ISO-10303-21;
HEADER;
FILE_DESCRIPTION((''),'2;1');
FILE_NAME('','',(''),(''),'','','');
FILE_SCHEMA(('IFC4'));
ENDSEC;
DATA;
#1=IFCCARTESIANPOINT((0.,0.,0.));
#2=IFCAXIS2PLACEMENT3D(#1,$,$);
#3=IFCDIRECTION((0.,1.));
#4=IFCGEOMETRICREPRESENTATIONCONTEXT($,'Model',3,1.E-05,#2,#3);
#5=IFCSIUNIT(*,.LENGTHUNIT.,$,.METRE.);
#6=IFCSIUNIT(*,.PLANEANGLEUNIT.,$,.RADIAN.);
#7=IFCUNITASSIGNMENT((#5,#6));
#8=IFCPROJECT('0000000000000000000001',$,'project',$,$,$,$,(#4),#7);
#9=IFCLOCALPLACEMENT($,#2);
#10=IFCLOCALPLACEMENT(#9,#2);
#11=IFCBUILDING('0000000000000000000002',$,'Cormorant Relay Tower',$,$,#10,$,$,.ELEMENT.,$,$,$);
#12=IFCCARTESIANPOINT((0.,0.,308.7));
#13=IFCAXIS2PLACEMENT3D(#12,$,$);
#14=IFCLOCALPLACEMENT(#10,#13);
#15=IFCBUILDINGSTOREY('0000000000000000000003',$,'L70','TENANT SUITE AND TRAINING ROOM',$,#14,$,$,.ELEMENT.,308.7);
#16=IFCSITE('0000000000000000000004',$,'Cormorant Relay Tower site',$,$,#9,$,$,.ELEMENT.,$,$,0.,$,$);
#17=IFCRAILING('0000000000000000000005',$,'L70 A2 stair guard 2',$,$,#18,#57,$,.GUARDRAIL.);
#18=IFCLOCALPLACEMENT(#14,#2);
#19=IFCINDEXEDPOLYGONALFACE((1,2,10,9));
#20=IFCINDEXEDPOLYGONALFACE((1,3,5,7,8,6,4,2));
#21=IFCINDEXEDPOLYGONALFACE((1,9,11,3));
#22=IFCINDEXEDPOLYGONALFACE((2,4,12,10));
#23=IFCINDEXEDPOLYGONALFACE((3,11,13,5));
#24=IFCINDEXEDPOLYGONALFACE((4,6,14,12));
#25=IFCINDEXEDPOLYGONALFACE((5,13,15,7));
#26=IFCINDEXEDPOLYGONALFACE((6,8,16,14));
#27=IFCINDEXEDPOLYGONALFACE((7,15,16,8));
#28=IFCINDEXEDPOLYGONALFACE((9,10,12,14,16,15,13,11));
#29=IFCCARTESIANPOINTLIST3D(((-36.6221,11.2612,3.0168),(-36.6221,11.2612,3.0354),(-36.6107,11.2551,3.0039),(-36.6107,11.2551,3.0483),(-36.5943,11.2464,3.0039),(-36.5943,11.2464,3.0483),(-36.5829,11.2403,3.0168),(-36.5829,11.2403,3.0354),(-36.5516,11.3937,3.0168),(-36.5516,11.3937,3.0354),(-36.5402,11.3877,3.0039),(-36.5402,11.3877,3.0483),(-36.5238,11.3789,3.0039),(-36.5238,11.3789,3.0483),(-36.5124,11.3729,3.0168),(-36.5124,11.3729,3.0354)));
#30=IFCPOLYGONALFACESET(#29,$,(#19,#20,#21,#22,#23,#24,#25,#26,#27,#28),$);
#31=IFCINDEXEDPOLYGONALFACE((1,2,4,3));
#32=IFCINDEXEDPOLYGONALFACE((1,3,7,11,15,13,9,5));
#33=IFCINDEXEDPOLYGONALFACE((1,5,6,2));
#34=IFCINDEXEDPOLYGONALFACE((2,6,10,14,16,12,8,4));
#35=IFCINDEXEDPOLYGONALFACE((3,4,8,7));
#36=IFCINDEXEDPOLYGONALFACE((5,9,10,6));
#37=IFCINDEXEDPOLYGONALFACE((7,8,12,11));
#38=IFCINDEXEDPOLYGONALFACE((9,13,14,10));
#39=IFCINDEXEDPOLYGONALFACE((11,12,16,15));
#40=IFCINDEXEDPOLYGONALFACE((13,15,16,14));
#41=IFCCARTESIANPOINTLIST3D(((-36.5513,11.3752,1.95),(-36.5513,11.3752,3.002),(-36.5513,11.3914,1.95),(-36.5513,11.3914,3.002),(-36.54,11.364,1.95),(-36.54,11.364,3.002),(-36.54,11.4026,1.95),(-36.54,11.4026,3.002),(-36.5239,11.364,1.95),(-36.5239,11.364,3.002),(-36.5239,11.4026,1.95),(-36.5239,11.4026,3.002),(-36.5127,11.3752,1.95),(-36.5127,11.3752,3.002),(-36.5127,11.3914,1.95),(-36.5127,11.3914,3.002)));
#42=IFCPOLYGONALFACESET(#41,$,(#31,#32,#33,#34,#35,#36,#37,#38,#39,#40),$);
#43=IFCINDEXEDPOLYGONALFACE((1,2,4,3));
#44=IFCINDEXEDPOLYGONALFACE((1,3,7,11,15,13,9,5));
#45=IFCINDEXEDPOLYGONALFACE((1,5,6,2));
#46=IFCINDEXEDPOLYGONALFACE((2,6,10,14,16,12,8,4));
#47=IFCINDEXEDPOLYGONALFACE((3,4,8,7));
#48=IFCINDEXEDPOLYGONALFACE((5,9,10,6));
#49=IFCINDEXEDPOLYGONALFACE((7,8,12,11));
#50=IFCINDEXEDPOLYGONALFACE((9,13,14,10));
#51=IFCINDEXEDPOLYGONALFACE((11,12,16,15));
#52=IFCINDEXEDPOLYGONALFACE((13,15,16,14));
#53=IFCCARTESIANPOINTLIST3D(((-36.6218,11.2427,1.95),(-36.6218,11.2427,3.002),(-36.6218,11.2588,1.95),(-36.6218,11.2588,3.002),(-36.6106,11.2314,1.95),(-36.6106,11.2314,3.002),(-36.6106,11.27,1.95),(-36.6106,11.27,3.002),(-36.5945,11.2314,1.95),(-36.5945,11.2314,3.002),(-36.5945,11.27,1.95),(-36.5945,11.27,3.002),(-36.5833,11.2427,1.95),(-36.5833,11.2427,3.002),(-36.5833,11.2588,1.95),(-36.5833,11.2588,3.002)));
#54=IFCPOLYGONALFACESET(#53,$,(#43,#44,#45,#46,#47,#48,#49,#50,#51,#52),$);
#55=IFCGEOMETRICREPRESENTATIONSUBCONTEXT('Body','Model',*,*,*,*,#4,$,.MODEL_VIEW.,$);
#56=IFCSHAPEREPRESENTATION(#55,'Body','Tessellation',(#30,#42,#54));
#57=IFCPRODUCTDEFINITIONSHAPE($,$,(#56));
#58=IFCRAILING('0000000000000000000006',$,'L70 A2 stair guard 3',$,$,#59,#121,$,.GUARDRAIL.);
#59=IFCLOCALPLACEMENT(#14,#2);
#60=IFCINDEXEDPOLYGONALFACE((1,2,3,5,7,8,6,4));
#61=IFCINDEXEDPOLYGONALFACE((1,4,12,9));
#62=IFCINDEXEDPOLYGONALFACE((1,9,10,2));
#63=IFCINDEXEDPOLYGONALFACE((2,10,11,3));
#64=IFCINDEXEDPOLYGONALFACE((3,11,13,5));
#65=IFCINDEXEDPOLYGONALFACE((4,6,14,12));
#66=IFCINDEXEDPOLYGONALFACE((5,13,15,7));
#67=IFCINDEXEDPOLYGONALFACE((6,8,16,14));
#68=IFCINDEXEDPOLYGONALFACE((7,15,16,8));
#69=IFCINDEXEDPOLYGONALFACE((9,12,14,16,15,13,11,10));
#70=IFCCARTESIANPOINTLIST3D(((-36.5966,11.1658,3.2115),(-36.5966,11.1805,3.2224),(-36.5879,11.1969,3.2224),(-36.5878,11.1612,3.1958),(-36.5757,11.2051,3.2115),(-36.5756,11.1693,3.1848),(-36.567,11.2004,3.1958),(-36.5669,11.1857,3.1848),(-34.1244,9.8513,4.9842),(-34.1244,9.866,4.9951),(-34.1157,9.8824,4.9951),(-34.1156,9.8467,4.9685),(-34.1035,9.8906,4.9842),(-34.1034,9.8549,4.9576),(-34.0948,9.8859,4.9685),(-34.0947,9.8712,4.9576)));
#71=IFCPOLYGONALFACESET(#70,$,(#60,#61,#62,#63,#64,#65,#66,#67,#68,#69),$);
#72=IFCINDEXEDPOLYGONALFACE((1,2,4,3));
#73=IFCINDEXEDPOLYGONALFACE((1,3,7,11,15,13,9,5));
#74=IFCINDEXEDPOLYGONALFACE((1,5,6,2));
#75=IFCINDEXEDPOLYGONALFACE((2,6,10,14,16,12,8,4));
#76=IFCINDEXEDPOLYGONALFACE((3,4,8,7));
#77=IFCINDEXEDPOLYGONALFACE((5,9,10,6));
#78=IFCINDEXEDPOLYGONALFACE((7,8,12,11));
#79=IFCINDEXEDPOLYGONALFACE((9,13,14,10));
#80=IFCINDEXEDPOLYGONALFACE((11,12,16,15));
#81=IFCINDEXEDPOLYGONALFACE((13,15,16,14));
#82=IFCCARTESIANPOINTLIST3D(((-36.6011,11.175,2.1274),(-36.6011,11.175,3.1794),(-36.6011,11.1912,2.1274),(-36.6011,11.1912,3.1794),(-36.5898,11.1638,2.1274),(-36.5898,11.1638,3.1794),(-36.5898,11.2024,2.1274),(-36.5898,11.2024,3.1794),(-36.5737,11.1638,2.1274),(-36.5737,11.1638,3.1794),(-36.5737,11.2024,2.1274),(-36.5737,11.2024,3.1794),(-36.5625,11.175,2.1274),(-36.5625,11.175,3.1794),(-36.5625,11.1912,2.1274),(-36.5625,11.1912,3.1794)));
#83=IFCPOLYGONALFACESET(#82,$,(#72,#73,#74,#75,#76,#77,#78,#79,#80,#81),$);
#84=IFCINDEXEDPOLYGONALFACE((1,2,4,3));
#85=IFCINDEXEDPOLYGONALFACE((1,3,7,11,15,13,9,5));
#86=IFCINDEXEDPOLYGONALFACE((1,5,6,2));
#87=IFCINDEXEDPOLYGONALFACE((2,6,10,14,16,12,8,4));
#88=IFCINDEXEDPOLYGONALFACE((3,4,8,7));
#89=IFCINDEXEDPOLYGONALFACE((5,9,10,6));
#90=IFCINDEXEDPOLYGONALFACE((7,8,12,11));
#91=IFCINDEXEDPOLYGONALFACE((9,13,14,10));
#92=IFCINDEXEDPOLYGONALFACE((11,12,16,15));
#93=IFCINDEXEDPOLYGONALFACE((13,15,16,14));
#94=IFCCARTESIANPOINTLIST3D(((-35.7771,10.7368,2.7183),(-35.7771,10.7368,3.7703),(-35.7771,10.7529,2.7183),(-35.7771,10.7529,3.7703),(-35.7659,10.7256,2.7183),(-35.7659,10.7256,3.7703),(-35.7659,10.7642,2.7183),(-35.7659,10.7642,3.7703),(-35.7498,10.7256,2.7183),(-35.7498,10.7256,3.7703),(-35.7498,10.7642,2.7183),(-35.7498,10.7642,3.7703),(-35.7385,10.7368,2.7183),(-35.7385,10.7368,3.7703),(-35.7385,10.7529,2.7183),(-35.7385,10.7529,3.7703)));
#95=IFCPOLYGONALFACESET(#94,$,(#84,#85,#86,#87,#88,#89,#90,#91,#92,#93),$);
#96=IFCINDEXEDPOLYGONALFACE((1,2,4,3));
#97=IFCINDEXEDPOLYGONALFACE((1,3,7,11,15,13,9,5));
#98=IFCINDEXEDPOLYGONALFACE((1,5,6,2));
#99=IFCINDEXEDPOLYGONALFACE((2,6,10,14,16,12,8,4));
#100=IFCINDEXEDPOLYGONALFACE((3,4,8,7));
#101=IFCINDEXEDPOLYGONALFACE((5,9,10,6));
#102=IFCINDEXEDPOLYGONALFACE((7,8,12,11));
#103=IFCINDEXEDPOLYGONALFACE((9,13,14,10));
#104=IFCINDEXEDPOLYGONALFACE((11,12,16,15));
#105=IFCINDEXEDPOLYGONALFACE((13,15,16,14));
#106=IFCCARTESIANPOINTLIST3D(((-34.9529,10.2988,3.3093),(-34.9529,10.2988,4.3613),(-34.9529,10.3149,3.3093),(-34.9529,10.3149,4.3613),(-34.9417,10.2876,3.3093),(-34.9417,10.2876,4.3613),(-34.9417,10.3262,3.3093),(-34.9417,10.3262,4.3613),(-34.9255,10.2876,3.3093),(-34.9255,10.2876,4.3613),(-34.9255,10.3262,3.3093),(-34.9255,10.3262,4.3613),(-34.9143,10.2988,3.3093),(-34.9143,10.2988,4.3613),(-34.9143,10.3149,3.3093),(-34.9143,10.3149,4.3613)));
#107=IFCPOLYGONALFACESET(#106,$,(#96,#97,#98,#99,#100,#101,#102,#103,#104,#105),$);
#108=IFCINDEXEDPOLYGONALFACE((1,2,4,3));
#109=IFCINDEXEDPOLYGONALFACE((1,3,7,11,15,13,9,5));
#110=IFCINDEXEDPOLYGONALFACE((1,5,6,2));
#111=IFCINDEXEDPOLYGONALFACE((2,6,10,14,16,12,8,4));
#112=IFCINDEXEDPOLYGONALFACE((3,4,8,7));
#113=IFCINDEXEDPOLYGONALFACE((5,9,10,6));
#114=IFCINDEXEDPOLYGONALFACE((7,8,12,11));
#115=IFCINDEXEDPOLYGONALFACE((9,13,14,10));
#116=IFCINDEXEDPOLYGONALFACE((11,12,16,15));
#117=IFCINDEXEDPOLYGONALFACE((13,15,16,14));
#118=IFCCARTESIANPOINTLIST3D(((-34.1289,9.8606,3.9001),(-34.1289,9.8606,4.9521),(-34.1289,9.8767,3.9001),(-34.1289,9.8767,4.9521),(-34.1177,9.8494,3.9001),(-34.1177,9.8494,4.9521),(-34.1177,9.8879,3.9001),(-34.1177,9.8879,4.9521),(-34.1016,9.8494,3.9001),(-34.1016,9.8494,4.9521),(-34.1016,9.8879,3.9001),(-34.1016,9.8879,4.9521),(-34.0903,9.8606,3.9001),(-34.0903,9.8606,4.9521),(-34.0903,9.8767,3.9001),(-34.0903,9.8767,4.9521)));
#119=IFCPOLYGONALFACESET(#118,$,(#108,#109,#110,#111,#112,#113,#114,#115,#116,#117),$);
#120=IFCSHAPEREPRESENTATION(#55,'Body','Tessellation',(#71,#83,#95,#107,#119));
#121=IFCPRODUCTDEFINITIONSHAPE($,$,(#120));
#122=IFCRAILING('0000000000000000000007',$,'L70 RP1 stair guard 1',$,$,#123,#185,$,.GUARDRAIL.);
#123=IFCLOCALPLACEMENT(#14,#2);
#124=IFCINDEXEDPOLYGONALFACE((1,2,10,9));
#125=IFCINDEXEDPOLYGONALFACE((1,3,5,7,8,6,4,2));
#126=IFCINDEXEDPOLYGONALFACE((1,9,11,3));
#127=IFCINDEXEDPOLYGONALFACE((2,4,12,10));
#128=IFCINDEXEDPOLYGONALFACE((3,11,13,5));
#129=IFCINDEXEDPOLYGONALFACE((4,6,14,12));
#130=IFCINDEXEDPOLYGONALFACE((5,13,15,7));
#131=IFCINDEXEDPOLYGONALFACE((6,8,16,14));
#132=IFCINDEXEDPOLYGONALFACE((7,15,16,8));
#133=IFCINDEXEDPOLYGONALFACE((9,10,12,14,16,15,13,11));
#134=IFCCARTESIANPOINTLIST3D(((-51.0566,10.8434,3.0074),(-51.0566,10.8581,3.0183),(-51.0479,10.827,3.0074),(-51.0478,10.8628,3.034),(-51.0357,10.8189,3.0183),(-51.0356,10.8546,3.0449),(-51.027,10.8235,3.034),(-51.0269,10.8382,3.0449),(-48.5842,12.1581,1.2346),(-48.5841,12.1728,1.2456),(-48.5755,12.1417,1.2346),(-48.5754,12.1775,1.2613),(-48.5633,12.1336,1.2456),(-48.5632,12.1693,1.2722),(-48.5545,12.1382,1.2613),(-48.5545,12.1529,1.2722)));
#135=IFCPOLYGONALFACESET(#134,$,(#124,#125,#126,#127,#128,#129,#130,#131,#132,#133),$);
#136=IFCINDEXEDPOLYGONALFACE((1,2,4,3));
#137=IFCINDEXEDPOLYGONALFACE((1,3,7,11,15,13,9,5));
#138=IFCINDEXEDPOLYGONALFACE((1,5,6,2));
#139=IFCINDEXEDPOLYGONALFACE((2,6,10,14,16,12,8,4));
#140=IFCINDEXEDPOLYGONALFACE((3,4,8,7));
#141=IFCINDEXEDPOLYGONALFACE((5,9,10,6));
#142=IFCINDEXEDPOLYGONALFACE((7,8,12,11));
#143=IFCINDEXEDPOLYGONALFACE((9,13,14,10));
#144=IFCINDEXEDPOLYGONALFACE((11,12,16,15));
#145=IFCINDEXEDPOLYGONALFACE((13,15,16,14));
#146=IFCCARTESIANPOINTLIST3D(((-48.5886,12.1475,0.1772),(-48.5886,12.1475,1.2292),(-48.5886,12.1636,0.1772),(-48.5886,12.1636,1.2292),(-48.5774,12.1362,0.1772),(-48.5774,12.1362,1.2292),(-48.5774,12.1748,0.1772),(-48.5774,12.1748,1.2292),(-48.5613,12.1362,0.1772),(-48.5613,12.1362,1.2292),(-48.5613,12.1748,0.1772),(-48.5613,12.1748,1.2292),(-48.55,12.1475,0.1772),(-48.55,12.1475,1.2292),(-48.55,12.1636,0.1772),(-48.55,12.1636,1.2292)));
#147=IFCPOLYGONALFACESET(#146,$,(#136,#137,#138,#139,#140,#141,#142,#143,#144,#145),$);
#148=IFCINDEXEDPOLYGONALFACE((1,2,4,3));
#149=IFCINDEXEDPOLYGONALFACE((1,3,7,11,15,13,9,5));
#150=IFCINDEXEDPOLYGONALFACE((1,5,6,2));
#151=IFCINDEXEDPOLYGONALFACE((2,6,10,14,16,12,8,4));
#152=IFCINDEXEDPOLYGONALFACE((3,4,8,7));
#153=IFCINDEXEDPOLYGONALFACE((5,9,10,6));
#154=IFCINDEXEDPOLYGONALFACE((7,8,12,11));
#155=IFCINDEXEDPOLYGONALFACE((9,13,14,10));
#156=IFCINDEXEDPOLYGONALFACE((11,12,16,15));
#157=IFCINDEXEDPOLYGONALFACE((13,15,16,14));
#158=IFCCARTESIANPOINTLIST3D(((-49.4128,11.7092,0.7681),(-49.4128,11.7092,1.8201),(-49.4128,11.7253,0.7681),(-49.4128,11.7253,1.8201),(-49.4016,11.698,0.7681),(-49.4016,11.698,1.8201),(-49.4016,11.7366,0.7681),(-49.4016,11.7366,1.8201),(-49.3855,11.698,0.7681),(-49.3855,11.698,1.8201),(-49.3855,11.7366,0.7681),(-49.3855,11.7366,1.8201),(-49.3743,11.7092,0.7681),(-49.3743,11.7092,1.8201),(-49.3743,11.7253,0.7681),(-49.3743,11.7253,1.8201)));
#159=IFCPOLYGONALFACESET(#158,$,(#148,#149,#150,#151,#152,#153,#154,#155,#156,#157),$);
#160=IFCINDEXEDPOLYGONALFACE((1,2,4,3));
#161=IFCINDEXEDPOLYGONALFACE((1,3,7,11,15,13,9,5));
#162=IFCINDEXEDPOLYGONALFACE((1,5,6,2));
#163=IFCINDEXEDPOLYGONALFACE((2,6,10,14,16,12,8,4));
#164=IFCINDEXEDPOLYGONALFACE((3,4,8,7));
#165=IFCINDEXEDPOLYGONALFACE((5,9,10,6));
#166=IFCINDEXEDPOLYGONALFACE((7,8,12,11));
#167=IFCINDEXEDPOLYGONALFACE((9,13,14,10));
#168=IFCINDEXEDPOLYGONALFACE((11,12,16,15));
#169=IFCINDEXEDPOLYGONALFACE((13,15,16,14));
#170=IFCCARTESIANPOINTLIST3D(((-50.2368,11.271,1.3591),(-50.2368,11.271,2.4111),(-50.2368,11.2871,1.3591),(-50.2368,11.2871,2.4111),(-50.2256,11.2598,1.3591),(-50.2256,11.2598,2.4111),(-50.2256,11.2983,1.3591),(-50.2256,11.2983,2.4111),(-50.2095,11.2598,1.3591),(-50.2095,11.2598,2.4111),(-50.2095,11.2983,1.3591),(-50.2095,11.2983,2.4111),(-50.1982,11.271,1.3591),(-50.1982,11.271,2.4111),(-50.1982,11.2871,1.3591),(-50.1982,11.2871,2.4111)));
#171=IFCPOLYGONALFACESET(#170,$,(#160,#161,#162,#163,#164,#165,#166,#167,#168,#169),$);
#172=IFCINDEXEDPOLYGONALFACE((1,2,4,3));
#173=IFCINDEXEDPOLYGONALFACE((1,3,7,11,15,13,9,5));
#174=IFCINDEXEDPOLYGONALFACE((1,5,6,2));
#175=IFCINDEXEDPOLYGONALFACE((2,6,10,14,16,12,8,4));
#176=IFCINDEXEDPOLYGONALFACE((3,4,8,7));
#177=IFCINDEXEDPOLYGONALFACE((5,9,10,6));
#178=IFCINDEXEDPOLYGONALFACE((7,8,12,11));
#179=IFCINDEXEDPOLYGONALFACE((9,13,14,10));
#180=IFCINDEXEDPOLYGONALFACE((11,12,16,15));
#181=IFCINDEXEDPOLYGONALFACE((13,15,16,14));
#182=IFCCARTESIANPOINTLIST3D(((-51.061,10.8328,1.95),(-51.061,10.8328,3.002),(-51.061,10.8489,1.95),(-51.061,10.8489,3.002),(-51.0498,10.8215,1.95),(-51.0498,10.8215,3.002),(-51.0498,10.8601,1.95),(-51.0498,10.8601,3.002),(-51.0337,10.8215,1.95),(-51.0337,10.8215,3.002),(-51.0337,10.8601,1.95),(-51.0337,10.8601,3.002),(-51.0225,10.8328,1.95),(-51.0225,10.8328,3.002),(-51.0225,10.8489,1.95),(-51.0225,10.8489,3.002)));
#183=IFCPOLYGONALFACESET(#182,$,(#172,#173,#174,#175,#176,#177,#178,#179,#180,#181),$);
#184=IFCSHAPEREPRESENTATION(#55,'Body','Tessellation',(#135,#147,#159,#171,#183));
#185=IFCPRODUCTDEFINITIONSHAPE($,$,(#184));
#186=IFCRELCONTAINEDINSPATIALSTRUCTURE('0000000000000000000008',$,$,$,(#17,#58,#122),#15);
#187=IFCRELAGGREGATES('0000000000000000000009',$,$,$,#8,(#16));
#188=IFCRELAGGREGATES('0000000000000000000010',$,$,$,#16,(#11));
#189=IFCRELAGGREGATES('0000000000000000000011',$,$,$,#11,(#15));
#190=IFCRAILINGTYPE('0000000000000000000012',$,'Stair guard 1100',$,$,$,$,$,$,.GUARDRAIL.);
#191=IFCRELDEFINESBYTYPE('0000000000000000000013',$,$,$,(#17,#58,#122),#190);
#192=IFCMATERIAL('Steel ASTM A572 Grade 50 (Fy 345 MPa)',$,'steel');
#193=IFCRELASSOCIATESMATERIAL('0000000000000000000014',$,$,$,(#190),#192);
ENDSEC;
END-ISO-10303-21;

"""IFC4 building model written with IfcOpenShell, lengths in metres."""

from ifc_helpers import new_model, si_unit, direction, frame, origin, place, context, subcontext, project, spatial, polyline, outline, extrude, material, type_object, element, save


model = new_model("IFC4")

# Units and contexts
model_context = context("Model", 3, precision=1e-05, world=origin(), true_north=direction((0.0, 1.0)))
body_context = subcontext(model_context, "Body", "Model", "MODEL_VIEW")
ifc_project = project(units=[si_unit("LENGTHUNIT", "METRE"), si_unit("PLANEANGLEUNIT", "RADIAN")], contexts=[model_context])

# Site, building, storey
site_placement = place(None, origin())
site = spatial("IfcSite", under=ifc_project, at=site_placement, Name="Cormorant Relay Tower site", CompositionType="ELEMENT", RefElevation=0.0)
building_placement = place(site_placement, origin())
building = spatial("IfcBuilding", under=site, at=building_placement, Name="Cormorant Relay Tower", CompositionType="ELEMENT")
storey_placement = place(building_placement, frame((0.0, 0.0, 308.7)))
storey = spatial("IfcBuildingStorey", under=building, at=storey_placement, Name="L70", Description="TENANT SUITE AND TRAINING ROOM", CompositionType="ELEMENT", Elevation=308.7)

# Railings
ifc_material_1 = material(Name="Steel ASTM A572 Grade 50 (Fy 345 MPa)", Category="steel")
railing_type_1 = type_object("IfcRailingType", Name="Stair guard 1100", PredefinedType="GUARDRAIL", material=ifc_material_1)
railing_1_placement = place(storey_placement, frame((-36.532, 11.3833, 1.95)))
element("IfcRailing", 1, at=railing_1_placement, inside=storey, type_object=railing_type_1, Name="L70 A2 stair guard 2", PredefinedType="GUARDRAIL", context=body_context, shape_type="SweptSolid", body=[
    extrude(outline(polyline([(0.0222, 0.0093), (0.0093, 0.0222), (-0.0093, 0.0222), (-0.0222, 0.0093), (-0.0222, -0.0093), (-0.0093, -0.0222), (0.0093, -0.0222), (0.0222, -0.0093), (0.0222, 0.0093)])), frame((0.0, 0.0, 1.0762), z_axis=(-0.469829, -0.882758, 0.0), x_axis=(0.882758, -0.469829, 0.0)), (0.0, 0.0, 1.0), 0.1501),
    extrude(outline(polyline([(0.0193, 0.0081), (0.0081, 0.0193), (-0.0081, 0.0193), (-0.0193, 0.0081), (-0.0193, -0.0081), (-0.0081, -0.0193), (0.0081, -0.0193), (0.0193, -0.0081), (0.0193, 0.0081)])), origin(), (0.0, 0.0, 1.0), 1.052),
    extrude(outline(polyline([(0.0193, 0.0081), (0.0081, 0.0193), (-0.0081, 0.0193), (-0.0193, 0.0081), (-0.0193, -0.0081), (-0.0081, -0.0193), (0.0081, -0.0193), (0.0193, -0.0081), (0.0193, 0.0081)])), frame((-0.0706, -0.1326, 0.0)), (0.0, 0.0, 1.0), 1.052),
])
railing_2_placement = place(storey_placement, frame((-36.5818, 11.1831, 2.1274)))
element("IfcRailing", 2, at=railing_2_placement, inside=storey, type_object=railing_type_1, Name="L70 A2 stair guard 3", PredefinedType="GUARDRAIL", context=body_context, shape_type="SweptSolid", body=[
    extrude(outline(polyline([(0.0222, 0.0093), (0.0093, 0.0222), (-0.0093, 0.0222), (-0.0222, 0.0093), (-0.0222, -0.0093), (-0.0093, -0.0222), (0.0093, -0.0222), (0.0222, -0.0093), (0.0222, 0.0093)])), frame((0.0, 0.0, 1.0762), z_axis=(0.746001, -0.396649, 0.534931), x_axis=(0.469465, 0.882951, 0.0)), (0.0, 0.0, 1.0), 3.314),
    extrude(outline(polyline([(0.0193, 0.0081), (0.0081, 0.0193), (-0.0081, 0.0193), (-0.0193, 0.0081), (-0.0193, -0.0081), (-0.0081, -0.0193), (0.0081, -0.0193), (0.0193, -0.0081), (0.0193, 0.0081)])), origin(), (0.0, 0.0, 1.0), 1.052),
    extrude(outline(polyline([(0.0193, 0.0081), (0.0081, 0.0193), (-0.0081, 0.0193), (-0.0193, 0.0081), (-0.0193, -0.0081), (-0.0081, -0.0193), (0.0081, -0.0193), (0.0193, -0.0081), (0.0193, 0.0081)])), frame((0.824, -0.4382, 0.5908)), (0.0, 0.0, 1.0), 1.052),
    extrude(outline(polyline([(0.0193, 0.0081), (0.0081, 0.0193), (-0.0081, 0.0193), (-0.0193, 0.0081), (-0.0193, -0.0081), (-0.0081, -0.0193), (0.0081, -0.0193), (0.0193, -0.0081), (0.0193, 0.0081)])), frame((1.6482, -0.8762, 1.1819)), (0.0, 0.0, 1.0), 1.052),
    extrude(outline(polyline([(0.0193, 0.0081), (0.0081, 0.0193), (-0.0081, 0.0193), (-0.0193, 0.0081), (-0.0193, -0.0081), (-0.0081, -0.0193), (0.0081, -0.0193), (0.0193, -0.0081), (0.0193, 0.0081)])), frame((2.4722, -1.3145, 1.7727)), (0.0, 0.0, 1.0), 1.052),
])
railing_3_placement = place(storey_placement, frame((-48.5693, 12.1555, 0.1772)))
element("IfcRailing", 3, at=railing_3_placement, inside=storey, type_object=railing_type_1, Name="L70 RP1 stair guard 1", PredefinedType="GUARDRAIL", context=body_context, shape_type="SweptSolid", body=[
    extrude(outline(polyline([(0.0222, 0.0093), (0.0093, 0.0222), (-0.0093, 0.0222), (-0.0222, 0.0093), (-0.0222, -0.0093), (-0.0093, -0.0222), (0.0093, -0.0222), (0.0222, -0.0093), (0.0222, 0.0093)])), frame((0.0, 0.0, 1.0762), z_axis=(-0.746012, -0.39669, 0.534886), x_axis=(0.469497, -0.882934, 0.0)), (0.0, 0.0, 1.0), 3.3142),
    extrude(outline(polyline([(0.0193, 0.0081), (0.0081, 0.0193), (-0.0081, 0.0193), (-0.0193, 0.0081), (-0.0193, -0.0081), (-0.0081, -0.0193), (0.0081, -0.0193), (0.0193, -0.0081), (0.0193, 0.0081)])), origin(), (0.0, 0.0, 1.0), 1.052),
    extrude(outline(polyline([(0.0193, 0.0081), (0.0081, 0.0193), (-0.0081, 0.0193), (-0.0193, 0.0081), (-0.0193, -0.0081), (-0.0081, -0.0193), (0.0081, -0.0193), (0.0193, -0.0081), (0.0193, 0.0081)])), frame((-0.8242, -0.4382, 0.5908)), (0.0, 0.0, 1.0), 1.052),
    extrude(outline(polyline([(0.0193, 0.0081), (0.0081, 0.0193), (-0.0081, 0.0193), (-0.0193, 0.0081), (-0.0193, -0.0081), (-0.0081, -0.0193), (0.0081, -0.0193), (0.0193, -0.0081), (0.0193, 0.0081)])), frame((-1.6482, -0.8765, 1.1819)), (0.0, 0.0, 1.0), 1.052),
    extrude(outline(polyline([(0.0193, 0.0081), (0.0081, 0.0193), (-0.0081, 0.0193), (-0.0193, 0.0081), (-0.0193, -0.0081), (-0.0081, -0.0193), (0.0081, -0.0193), (0.0193, -0.0081), (0.0193, 0.0081)])), frame((-2.4724, -1.3147, 1.7727)), (0.0, 0.0, 1.0), 1.052),
])

save(model, "model.ifc")
